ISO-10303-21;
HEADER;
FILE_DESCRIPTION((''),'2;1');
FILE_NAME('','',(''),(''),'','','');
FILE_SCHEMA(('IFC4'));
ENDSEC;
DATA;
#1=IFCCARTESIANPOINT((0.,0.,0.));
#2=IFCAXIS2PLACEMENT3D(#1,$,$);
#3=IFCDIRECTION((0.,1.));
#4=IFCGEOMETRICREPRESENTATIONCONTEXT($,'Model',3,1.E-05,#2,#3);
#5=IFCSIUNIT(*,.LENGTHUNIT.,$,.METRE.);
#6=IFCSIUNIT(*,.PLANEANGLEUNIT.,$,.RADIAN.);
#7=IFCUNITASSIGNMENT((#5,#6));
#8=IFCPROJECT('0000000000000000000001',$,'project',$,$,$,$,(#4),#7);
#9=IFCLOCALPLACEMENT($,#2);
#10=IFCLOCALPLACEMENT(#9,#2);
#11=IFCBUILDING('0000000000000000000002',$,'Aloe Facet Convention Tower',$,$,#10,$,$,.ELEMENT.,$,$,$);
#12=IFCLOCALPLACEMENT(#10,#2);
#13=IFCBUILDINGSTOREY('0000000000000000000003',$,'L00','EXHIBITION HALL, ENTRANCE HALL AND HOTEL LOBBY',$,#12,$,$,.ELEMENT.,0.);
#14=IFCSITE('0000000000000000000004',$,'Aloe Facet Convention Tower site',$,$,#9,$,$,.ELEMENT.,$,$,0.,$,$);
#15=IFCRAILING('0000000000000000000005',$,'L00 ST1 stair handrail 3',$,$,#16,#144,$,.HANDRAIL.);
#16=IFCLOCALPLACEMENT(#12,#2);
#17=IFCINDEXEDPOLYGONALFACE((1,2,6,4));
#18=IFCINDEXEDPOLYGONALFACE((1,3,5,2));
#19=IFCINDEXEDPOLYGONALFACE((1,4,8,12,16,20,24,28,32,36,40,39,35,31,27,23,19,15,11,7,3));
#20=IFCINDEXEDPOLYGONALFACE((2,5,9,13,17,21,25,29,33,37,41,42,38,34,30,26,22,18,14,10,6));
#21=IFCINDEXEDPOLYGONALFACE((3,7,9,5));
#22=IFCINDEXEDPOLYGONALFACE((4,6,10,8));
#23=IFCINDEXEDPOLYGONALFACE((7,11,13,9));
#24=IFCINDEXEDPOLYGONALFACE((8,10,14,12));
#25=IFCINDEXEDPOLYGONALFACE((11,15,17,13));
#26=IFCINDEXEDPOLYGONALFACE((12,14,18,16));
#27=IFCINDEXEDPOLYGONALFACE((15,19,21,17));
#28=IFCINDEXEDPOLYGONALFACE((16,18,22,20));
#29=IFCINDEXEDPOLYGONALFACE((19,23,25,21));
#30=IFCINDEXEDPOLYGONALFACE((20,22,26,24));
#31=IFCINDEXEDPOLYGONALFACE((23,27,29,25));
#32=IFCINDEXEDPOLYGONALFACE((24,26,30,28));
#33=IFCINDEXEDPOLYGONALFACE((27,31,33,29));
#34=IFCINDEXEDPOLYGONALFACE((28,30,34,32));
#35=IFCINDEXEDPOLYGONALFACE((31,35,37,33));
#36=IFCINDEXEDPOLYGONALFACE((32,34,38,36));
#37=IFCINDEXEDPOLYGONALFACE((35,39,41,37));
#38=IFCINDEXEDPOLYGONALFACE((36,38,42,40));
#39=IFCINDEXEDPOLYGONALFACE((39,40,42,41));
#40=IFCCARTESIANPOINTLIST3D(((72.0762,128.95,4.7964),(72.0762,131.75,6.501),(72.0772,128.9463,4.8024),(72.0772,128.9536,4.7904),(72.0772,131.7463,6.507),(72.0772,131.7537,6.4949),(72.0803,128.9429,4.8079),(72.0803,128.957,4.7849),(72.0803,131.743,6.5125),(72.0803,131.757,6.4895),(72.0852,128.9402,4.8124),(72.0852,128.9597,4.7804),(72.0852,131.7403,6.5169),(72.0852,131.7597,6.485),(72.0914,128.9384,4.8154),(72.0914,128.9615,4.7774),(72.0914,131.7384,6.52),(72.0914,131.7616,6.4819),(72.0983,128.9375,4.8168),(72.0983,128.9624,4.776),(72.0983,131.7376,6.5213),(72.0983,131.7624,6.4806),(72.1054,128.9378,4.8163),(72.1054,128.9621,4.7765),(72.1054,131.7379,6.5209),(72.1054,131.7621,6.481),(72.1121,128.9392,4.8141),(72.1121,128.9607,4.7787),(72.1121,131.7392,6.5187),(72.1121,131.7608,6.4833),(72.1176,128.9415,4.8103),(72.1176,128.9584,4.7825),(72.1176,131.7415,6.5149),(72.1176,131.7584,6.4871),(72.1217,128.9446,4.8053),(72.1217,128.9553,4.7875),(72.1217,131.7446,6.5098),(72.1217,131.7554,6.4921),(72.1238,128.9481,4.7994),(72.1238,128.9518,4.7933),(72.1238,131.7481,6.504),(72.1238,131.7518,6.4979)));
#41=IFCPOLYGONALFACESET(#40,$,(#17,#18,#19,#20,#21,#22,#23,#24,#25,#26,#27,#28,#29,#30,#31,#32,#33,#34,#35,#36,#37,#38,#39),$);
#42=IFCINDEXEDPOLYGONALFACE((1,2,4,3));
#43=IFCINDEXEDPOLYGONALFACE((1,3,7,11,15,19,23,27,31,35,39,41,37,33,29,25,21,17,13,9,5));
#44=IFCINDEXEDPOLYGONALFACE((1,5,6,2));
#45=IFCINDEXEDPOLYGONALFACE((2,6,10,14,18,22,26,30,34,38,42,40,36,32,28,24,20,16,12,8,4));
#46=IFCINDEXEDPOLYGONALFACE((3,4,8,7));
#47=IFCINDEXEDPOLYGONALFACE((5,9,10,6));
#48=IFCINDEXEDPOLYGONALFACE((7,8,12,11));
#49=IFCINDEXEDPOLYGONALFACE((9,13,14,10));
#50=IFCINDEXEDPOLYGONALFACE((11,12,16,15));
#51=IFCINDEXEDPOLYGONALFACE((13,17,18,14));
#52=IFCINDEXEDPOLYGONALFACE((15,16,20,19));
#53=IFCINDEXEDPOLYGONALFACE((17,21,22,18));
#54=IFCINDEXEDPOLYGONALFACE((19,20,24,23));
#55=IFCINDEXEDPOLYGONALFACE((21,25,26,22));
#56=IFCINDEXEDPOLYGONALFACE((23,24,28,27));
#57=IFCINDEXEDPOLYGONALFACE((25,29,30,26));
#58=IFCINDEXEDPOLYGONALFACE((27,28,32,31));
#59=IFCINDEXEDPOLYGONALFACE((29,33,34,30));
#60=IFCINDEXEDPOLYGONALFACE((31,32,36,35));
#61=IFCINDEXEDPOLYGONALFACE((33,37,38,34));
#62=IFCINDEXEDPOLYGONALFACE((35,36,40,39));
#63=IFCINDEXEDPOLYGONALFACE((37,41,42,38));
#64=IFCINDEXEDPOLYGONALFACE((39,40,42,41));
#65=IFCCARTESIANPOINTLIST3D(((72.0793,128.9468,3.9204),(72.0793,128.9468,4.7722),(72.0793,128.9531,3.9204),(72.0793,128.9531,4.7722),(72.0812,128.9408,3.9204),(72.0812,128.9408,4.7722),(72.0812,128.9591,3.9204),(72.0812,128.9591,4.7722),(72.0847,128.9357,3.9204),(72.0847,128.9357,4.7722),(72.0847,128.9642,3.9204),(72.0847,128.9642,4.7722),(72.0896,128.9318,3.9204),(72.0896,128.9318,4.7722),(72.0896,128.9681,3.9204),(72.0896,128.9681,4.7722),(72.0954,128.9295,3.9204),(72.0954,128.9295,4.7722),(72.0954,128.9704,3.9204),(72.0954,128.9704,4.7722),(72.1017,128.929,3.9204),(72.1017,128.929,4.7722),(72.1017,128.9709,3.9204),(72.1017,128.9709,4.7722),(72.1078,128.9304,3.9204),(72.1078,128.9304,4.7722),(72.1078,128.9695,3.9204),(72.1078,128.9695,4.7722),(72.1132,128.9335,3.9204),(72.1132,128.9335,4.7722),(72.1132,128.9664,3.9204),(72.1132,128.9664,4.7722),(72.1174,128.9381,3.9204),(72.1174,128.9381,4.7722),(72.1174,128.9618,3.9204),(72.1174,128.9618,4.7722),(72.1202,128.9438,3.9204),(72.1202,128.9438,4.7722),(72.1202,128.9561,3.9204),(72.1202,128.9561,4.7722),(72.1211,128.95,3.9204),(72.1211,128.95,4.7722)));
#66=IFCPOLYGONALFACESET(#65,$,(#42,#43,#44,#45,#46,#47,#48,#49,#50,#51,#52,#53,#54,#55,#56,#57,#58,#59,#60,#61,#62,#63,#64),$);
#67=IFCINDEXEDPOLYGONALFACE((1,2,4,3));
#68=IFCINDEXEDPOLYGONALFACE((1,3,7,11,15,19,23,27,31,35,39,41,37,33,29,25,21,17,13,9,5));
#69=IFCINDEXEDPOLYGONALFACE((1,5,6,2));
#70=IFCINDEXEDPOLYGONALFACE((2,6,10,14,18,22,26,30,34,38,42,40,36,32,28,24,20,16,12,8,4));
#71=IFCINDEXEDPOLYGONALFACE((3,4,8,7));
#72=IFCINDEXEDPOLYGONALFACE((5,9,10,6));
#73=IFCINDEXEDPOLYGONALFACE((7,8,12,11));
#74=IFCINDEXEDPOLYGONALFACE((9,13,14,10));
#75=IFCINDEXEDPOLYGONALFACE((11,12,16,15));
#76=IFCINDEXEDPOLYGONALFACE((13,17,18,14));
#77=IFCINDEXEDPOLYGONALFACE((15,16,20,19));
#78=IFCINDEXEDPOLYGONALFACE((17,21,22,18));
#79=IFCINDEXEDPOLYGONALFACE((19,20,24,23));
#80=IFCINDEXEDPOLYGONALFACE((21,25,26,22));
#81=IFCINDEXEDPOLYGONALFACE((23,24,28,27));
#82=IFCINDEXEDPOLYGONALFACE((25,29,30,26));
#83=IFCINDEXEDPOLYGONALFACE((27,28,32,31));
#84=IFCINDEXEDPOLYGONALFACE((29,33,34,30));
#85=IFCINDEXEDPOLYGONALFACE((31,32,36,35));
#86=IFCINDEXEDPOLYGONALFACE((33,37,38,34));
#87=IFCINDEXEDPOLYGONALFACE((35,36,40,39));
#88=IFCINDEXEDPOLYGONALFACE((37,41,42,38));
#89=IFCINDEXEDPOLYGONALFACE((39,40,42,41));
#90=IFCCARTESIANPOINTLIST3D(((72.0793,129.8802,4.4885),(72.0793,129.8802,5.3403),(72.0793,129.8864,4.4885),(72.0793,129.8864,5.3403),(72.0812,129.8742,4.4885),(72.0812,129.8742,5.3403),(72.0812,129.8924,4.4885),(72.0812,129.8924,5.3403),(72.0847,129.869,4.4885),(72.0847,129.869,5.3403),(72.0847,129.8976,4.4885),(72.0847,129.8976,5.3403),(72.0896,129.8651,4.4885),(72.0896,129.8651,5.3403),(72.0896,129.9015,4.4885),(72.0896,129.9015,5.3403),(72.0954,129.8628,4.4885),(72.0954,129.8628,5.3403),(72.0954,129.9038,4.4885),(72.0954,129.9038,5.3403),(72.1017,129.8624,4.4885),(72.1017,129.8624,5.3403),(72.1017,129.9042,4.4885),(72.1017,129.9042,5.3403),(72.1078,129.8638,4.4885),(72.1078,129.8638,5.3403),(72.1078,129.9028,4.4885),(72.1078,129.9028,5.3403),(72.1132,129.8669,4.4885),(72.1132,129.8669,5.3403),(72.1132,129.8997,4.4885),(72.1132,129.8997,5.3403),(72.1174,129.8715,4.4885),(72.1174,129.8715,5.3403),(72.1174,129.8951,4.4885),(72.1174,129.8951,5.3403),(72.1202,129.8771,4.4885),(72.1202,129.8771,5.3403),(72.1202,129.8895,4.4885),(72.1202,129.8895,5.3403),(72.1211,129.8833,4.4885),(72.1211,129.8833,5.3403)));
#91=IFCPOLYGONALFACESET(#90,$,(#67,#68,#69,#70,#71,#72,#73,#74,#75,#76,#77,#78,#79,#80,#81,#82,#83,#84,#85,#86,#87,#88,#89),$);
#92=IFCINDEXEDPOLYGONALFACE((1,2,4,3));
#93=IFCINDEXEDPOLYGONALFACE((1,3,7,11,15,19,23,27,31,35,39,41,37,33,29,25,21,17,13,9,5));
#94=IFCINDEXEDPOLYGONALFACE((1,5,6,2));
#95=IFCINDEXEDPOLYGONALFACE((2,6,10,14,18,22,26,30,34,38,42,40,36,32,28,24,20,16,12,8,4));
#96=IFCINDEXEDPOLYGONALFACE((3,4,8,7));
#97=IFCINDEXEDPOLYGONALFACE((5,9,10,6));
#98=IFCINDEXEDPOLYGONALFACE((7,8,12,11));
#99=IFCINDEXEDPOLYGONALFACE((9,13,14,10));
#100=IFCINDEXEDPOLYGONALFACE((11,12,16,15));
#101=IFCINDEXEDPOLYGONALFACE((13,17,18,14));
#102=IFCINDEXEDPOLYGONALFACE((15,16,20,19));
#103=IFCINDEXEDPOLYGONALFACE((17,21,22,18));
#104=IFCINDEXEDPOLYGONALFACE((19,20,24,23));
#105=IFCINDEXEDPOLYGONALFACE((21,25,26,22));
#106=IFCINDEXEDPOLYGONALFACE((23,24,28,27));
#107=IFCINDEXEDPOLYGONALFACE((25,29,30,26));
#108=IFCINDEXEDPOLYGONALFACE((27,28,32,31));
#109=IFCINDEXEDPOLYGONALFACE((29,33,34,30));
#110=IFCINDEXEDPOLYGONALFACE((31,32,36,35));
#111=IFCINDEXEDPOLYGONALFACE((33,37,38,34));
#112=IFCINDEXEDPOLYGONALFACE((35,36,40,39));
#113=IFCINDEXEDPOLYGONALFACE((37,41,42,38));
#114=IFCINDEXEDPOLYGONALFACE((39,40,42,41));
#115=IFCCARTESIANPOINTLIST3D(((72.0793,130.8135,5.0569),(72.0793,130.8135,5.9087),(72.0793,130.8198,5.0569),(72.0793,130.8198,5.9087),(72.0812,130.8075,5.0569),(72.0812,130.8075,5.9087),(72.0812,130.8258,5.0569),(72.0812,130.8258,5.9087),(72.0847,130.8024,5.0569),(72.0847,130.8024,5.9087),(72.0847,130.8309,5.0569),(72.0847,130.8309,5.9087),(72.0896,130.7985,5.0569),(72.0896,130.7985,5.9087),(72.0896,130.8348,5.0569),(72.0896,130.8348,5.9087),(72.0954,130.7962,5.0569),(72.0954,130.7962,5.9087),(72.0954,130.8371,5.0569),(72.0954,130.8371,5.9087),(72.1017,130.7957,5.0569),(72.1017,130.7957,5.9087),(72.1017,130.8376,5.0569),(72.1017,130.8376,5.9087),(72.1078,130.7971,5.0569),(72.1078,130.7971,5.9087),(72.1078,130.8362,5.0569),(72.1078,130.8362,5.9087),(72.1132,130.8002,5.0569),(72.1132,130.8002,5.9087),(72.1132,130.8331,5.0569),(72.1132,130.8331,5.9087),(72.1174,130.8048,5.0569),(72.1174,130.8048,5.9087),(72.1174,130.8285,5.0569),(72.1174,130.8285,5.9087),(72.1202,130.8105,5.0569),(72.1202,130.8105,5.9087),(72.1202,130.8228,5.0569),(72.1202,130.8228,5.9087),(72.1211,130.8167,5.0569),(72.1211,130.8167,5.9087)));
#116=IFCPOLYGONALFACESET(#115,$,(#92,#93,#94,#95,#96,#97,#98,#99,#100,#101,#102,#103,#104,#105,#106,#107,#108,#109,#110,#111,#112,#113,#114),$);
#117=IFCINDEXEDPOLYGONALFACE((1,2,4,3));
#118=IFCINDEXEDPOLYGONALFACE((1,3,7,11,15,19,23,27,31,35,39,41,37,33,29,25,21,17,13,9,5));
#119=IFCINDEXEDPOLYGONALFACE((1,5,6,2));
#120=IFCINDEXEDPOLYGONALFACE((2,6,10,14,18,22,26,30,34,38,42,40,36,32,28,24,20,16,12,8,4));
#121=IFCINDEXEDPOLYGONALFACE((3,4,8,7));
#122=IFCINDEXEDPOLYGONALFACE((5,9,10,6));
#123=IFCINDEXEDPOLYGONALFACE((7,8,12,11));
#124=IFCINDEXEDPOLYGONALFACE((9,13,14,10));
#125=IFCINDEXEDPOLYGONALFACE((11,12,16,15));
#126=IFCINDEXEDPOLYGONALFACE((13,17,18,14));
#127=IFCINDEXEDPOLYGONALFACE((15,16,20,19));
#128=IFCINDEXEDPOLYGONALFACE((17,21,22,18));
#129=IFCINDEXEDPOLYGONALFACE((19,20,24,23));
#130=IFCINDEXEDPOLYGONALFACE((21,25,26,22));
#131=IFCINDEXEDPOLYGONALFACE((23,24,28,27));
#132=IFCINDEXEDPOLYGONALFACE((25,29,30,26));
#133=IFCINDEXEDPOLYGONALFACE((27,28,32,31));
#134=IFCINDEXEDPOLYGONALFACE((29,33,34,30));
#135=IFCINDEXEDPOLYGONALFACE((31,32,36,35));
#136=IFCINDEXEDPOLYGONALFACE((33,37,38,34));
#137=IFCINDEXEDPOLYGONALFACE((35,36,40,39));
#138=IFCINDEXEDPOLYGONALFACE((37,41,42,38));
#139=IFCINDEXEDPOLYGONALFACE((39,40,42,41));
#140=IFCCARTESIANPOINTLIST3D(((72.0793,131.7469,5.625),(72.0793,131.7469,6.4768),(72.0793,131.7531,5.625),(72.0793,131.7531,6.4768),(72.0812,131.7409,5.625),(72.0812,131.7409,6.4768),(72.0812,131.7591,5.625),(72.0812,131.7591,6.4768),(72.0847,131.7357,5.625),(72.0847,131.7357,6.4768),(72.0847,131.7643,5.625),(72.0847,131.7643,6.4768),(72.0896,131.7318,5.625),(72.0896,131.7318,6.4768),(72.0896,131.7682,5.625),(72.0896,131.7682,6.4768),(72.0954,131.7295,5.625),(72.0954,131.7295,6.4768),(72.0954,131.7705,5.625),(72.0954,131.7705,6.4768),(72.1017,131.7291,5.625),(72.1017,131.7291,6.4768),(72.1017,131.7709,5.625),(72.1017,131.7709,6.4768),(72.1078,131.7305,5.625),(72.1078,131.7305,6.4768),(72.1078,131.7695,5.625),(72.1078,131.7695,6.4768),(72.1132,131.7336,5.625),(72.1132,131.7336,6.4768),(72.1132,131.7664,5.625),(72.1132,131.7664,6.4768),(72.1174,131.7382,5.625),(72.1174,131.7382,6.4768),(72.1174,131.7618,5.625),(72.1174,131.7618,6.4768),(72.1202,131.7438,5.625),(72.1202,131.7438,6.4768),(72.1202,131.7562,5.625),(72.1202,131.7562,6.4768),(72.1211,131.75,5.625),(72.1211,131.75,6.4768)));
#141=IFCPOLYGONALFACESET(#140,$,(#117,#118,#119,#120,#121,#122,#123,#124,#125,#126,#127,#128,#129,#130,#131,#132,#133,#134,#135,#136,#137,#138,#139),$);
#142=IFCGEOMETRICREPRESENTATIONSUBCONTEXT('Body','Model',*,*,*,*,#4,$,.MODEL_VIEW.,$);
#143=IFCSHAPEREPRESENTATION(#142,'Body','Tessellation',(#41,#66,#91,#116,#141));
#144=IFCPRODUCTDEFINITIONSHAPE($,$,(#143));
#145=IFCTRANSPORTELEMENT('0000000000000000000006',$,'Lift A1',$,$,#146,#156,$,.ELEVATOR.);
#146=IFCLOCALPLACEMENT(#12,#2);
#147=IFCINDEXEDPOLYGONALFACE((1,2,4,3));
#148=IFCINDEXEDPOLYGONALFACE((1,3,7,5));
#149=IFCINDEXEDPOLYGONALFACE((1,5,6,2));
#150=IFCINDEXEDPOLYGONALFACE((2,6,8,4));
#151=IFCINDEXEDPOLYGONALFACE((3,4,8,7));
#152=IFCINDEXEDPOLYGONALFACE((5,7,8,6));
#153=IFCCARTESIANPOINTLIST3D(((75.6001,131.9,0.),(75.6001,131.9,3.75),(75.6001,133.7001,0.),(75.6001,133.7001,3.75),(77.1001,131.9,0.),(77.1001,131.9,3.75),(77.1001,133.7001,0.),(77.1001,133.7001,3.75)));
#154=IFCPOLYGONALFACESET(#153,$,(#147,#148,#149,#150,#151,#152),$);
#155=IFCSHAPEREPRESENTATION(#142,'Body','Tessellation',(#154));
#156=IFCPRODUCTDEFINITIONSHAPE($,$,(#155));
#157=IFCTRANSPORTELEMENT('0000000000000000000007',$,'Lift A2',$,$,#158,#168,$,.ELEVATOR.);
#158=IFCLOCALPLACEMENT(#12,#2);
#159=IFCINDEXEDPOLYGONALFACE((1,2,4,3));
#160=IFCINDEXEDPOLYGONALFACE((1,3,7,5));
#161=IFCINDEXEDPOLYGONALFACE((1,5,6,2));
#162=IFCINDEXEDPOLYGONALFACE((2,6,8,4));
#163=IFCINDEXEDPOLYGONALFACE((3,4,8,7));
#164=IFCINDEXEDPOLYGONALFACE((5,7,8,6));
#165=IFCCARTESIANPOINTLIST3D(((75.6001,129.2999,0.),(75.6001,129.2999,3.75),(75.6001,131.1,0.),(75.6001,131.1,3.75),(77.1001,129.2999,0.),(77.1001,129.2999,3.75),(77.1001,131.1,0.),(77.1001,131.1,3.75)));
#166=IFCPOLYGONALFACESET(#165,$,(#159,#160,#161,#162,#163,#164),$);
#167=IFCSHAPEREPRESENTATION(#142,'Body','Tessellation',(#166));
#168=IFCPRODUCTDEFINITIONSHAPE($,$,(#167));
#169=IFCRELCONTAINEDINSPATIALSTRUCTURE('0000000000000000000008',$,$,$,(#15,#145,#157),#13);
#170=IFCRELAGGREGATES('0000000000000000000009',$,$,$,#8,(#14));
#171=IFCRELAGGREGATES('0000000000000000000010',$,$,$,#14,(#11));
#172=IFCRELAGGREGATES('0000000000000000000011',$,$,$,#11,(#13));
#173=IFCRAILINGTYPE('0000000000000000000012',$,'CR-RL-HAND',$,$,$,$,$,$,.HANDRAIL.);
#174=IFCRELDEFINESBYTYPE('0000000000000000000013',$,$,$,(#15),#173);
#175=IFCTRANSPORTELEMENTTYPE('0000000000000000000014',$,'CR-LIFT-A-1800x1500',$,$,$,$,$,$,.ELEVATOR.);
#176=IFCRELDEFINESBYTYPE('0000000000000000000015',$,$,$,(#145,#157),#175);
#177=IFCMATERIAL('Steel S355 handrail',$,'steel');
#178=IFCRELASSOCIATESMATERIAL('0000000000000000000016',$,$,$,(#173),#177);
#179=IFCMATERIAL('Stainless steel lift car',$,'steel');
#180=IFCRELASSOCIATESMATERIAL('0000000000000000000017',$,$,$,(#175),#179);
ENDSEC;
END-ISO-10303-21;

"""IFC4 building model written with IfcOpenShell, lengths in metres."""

from ifc_helpers import new_model, si_unit, direction, frame, origin, origin_2d, place, context, subcontext, project, spatial, rectangle, circle, extrude, material, type_object, element, save


model = new_model("IFC4")

# Units and contexts
model_context = context("Model", 3, precision=1e-05, world=origin(), true_north=direction((0.0, 1.0)))
body_context = subcontext(model_context, "Body", "Model", "MODEL_VIEW")
ifc_project = project(units=[si_unit("LENGTHUNIT", "METRE"), si_unit("PLANEANGLEUNIT", "RADIAN")], contexts=[model_context])

# Site, building, storey
site_placement = place(None, origin())
site = spatial("IfcSite", under=ifc_project, at=site_placement, Name="Aloe Facet Convention Tower site", CompositionType="ELEMENT", RefElevation=0.0)
building_placement = place(site_placement, origin())
building = spatial("IfcBuilding", under=site, at=building_placement, Name="Aloe Facet Convention Tower", CompositionType="ELEMENT")
storey_placement = place(building_placement, origin())
storey = spatial("IfcBuildingStorey", under=building, at=storey_placement, Name="L00", Description="EXHIBITION HALL, ENTRANCE HALL AND HOTEL LOBBY", CompositionType="ELEMENT", Elevation=0.0)

# Railing
ifc_material_1 = material(Name="Steel S355 handrail", Category="steel")
railing_type_1 = type_object("IfcRailingType", Name="CR-RL-HAND", PredefinedType="HANDRAIL", material=ifc_material_1)
for number, where, name in (
    (1, (72.1001, 128.95, 3.9204), "L00 ST1 stair handrail 3"),
):
    element("IfcRailing", number, at=place(storey_placement, frame(where)), inside=storey, type_object=railing_type_1, Name=name, PredefinedType="HANDRAIL", context=body_context, shape_type="SweptSolid", body=[
        extrude(circle(Radius=0.0239, at=origin_2d()), frame((0.0, 0.0, 0.876), z_axis=(0.0, 0.85417, 0.519994), x_axis=(-1.0, 0.0, 0.0)), (0.0, 0.0, 1.0), 3.2781),
        extrude(circle(Radius=0.021, at=origin_2d()), origin(), (0.0, 0.0, 1.0), 0.8518),
        extrude(circle(Radius=0.021, at=origin_2d()), frame((0.0, 0.9333, 0.5681)), (0.0, 0.0, 1.0), 0.8518),
        extrude(circle(Radius=0.021, at=origin_2d()), frame((0.0, 1.8667, 1.1365)), (0.0, 0.0, 1.0), 0.8518),
        extrude(circle(Radius=0.021, at=origin_2d()), frame((0.0, 2.8, 1.7046)), (0.0, 0.0, 1.0), 0.8518),
    ])

# Transport elements
ifc_material_2 = material(Name="Stainless steel lift car", Category="steel")
transport_element_type = type_object("IfcTransportElementType", Name="CR-LIFT-A-1800x1500", PredefinedType="ELEVATOR", material=ifc_material_2)
for number, where, z_axis, x_axis, name in (
    (2, (76.3501, 132.8, 0.0), (0.0, 0.0, 1.0), (1.0, 0.0, 0.0), "Lift A1"),
    (3, (76.3501, 130.2, 0.0), (0.0, 0.0, 1.0), (1.0, 0.0, 0.0), "Lift A2"),
):
    element("IfcTransportElement", number, at=place(storey_placement, frame(where, z_axis=z_axis, x_axis=x_axis)), inside=storey, type_object=transport_element_type, Name=name, PredefinedType="ELEVATOR", context=body_context, shape_type="SweptSolid", body=[
        extrude(rectangle(XDim=1.5, YDim=1.8, at=origin_2d()), origin(), (0.0, 0.0, 1.0), 3.75),
    ])

save(model, "model.ifc")
